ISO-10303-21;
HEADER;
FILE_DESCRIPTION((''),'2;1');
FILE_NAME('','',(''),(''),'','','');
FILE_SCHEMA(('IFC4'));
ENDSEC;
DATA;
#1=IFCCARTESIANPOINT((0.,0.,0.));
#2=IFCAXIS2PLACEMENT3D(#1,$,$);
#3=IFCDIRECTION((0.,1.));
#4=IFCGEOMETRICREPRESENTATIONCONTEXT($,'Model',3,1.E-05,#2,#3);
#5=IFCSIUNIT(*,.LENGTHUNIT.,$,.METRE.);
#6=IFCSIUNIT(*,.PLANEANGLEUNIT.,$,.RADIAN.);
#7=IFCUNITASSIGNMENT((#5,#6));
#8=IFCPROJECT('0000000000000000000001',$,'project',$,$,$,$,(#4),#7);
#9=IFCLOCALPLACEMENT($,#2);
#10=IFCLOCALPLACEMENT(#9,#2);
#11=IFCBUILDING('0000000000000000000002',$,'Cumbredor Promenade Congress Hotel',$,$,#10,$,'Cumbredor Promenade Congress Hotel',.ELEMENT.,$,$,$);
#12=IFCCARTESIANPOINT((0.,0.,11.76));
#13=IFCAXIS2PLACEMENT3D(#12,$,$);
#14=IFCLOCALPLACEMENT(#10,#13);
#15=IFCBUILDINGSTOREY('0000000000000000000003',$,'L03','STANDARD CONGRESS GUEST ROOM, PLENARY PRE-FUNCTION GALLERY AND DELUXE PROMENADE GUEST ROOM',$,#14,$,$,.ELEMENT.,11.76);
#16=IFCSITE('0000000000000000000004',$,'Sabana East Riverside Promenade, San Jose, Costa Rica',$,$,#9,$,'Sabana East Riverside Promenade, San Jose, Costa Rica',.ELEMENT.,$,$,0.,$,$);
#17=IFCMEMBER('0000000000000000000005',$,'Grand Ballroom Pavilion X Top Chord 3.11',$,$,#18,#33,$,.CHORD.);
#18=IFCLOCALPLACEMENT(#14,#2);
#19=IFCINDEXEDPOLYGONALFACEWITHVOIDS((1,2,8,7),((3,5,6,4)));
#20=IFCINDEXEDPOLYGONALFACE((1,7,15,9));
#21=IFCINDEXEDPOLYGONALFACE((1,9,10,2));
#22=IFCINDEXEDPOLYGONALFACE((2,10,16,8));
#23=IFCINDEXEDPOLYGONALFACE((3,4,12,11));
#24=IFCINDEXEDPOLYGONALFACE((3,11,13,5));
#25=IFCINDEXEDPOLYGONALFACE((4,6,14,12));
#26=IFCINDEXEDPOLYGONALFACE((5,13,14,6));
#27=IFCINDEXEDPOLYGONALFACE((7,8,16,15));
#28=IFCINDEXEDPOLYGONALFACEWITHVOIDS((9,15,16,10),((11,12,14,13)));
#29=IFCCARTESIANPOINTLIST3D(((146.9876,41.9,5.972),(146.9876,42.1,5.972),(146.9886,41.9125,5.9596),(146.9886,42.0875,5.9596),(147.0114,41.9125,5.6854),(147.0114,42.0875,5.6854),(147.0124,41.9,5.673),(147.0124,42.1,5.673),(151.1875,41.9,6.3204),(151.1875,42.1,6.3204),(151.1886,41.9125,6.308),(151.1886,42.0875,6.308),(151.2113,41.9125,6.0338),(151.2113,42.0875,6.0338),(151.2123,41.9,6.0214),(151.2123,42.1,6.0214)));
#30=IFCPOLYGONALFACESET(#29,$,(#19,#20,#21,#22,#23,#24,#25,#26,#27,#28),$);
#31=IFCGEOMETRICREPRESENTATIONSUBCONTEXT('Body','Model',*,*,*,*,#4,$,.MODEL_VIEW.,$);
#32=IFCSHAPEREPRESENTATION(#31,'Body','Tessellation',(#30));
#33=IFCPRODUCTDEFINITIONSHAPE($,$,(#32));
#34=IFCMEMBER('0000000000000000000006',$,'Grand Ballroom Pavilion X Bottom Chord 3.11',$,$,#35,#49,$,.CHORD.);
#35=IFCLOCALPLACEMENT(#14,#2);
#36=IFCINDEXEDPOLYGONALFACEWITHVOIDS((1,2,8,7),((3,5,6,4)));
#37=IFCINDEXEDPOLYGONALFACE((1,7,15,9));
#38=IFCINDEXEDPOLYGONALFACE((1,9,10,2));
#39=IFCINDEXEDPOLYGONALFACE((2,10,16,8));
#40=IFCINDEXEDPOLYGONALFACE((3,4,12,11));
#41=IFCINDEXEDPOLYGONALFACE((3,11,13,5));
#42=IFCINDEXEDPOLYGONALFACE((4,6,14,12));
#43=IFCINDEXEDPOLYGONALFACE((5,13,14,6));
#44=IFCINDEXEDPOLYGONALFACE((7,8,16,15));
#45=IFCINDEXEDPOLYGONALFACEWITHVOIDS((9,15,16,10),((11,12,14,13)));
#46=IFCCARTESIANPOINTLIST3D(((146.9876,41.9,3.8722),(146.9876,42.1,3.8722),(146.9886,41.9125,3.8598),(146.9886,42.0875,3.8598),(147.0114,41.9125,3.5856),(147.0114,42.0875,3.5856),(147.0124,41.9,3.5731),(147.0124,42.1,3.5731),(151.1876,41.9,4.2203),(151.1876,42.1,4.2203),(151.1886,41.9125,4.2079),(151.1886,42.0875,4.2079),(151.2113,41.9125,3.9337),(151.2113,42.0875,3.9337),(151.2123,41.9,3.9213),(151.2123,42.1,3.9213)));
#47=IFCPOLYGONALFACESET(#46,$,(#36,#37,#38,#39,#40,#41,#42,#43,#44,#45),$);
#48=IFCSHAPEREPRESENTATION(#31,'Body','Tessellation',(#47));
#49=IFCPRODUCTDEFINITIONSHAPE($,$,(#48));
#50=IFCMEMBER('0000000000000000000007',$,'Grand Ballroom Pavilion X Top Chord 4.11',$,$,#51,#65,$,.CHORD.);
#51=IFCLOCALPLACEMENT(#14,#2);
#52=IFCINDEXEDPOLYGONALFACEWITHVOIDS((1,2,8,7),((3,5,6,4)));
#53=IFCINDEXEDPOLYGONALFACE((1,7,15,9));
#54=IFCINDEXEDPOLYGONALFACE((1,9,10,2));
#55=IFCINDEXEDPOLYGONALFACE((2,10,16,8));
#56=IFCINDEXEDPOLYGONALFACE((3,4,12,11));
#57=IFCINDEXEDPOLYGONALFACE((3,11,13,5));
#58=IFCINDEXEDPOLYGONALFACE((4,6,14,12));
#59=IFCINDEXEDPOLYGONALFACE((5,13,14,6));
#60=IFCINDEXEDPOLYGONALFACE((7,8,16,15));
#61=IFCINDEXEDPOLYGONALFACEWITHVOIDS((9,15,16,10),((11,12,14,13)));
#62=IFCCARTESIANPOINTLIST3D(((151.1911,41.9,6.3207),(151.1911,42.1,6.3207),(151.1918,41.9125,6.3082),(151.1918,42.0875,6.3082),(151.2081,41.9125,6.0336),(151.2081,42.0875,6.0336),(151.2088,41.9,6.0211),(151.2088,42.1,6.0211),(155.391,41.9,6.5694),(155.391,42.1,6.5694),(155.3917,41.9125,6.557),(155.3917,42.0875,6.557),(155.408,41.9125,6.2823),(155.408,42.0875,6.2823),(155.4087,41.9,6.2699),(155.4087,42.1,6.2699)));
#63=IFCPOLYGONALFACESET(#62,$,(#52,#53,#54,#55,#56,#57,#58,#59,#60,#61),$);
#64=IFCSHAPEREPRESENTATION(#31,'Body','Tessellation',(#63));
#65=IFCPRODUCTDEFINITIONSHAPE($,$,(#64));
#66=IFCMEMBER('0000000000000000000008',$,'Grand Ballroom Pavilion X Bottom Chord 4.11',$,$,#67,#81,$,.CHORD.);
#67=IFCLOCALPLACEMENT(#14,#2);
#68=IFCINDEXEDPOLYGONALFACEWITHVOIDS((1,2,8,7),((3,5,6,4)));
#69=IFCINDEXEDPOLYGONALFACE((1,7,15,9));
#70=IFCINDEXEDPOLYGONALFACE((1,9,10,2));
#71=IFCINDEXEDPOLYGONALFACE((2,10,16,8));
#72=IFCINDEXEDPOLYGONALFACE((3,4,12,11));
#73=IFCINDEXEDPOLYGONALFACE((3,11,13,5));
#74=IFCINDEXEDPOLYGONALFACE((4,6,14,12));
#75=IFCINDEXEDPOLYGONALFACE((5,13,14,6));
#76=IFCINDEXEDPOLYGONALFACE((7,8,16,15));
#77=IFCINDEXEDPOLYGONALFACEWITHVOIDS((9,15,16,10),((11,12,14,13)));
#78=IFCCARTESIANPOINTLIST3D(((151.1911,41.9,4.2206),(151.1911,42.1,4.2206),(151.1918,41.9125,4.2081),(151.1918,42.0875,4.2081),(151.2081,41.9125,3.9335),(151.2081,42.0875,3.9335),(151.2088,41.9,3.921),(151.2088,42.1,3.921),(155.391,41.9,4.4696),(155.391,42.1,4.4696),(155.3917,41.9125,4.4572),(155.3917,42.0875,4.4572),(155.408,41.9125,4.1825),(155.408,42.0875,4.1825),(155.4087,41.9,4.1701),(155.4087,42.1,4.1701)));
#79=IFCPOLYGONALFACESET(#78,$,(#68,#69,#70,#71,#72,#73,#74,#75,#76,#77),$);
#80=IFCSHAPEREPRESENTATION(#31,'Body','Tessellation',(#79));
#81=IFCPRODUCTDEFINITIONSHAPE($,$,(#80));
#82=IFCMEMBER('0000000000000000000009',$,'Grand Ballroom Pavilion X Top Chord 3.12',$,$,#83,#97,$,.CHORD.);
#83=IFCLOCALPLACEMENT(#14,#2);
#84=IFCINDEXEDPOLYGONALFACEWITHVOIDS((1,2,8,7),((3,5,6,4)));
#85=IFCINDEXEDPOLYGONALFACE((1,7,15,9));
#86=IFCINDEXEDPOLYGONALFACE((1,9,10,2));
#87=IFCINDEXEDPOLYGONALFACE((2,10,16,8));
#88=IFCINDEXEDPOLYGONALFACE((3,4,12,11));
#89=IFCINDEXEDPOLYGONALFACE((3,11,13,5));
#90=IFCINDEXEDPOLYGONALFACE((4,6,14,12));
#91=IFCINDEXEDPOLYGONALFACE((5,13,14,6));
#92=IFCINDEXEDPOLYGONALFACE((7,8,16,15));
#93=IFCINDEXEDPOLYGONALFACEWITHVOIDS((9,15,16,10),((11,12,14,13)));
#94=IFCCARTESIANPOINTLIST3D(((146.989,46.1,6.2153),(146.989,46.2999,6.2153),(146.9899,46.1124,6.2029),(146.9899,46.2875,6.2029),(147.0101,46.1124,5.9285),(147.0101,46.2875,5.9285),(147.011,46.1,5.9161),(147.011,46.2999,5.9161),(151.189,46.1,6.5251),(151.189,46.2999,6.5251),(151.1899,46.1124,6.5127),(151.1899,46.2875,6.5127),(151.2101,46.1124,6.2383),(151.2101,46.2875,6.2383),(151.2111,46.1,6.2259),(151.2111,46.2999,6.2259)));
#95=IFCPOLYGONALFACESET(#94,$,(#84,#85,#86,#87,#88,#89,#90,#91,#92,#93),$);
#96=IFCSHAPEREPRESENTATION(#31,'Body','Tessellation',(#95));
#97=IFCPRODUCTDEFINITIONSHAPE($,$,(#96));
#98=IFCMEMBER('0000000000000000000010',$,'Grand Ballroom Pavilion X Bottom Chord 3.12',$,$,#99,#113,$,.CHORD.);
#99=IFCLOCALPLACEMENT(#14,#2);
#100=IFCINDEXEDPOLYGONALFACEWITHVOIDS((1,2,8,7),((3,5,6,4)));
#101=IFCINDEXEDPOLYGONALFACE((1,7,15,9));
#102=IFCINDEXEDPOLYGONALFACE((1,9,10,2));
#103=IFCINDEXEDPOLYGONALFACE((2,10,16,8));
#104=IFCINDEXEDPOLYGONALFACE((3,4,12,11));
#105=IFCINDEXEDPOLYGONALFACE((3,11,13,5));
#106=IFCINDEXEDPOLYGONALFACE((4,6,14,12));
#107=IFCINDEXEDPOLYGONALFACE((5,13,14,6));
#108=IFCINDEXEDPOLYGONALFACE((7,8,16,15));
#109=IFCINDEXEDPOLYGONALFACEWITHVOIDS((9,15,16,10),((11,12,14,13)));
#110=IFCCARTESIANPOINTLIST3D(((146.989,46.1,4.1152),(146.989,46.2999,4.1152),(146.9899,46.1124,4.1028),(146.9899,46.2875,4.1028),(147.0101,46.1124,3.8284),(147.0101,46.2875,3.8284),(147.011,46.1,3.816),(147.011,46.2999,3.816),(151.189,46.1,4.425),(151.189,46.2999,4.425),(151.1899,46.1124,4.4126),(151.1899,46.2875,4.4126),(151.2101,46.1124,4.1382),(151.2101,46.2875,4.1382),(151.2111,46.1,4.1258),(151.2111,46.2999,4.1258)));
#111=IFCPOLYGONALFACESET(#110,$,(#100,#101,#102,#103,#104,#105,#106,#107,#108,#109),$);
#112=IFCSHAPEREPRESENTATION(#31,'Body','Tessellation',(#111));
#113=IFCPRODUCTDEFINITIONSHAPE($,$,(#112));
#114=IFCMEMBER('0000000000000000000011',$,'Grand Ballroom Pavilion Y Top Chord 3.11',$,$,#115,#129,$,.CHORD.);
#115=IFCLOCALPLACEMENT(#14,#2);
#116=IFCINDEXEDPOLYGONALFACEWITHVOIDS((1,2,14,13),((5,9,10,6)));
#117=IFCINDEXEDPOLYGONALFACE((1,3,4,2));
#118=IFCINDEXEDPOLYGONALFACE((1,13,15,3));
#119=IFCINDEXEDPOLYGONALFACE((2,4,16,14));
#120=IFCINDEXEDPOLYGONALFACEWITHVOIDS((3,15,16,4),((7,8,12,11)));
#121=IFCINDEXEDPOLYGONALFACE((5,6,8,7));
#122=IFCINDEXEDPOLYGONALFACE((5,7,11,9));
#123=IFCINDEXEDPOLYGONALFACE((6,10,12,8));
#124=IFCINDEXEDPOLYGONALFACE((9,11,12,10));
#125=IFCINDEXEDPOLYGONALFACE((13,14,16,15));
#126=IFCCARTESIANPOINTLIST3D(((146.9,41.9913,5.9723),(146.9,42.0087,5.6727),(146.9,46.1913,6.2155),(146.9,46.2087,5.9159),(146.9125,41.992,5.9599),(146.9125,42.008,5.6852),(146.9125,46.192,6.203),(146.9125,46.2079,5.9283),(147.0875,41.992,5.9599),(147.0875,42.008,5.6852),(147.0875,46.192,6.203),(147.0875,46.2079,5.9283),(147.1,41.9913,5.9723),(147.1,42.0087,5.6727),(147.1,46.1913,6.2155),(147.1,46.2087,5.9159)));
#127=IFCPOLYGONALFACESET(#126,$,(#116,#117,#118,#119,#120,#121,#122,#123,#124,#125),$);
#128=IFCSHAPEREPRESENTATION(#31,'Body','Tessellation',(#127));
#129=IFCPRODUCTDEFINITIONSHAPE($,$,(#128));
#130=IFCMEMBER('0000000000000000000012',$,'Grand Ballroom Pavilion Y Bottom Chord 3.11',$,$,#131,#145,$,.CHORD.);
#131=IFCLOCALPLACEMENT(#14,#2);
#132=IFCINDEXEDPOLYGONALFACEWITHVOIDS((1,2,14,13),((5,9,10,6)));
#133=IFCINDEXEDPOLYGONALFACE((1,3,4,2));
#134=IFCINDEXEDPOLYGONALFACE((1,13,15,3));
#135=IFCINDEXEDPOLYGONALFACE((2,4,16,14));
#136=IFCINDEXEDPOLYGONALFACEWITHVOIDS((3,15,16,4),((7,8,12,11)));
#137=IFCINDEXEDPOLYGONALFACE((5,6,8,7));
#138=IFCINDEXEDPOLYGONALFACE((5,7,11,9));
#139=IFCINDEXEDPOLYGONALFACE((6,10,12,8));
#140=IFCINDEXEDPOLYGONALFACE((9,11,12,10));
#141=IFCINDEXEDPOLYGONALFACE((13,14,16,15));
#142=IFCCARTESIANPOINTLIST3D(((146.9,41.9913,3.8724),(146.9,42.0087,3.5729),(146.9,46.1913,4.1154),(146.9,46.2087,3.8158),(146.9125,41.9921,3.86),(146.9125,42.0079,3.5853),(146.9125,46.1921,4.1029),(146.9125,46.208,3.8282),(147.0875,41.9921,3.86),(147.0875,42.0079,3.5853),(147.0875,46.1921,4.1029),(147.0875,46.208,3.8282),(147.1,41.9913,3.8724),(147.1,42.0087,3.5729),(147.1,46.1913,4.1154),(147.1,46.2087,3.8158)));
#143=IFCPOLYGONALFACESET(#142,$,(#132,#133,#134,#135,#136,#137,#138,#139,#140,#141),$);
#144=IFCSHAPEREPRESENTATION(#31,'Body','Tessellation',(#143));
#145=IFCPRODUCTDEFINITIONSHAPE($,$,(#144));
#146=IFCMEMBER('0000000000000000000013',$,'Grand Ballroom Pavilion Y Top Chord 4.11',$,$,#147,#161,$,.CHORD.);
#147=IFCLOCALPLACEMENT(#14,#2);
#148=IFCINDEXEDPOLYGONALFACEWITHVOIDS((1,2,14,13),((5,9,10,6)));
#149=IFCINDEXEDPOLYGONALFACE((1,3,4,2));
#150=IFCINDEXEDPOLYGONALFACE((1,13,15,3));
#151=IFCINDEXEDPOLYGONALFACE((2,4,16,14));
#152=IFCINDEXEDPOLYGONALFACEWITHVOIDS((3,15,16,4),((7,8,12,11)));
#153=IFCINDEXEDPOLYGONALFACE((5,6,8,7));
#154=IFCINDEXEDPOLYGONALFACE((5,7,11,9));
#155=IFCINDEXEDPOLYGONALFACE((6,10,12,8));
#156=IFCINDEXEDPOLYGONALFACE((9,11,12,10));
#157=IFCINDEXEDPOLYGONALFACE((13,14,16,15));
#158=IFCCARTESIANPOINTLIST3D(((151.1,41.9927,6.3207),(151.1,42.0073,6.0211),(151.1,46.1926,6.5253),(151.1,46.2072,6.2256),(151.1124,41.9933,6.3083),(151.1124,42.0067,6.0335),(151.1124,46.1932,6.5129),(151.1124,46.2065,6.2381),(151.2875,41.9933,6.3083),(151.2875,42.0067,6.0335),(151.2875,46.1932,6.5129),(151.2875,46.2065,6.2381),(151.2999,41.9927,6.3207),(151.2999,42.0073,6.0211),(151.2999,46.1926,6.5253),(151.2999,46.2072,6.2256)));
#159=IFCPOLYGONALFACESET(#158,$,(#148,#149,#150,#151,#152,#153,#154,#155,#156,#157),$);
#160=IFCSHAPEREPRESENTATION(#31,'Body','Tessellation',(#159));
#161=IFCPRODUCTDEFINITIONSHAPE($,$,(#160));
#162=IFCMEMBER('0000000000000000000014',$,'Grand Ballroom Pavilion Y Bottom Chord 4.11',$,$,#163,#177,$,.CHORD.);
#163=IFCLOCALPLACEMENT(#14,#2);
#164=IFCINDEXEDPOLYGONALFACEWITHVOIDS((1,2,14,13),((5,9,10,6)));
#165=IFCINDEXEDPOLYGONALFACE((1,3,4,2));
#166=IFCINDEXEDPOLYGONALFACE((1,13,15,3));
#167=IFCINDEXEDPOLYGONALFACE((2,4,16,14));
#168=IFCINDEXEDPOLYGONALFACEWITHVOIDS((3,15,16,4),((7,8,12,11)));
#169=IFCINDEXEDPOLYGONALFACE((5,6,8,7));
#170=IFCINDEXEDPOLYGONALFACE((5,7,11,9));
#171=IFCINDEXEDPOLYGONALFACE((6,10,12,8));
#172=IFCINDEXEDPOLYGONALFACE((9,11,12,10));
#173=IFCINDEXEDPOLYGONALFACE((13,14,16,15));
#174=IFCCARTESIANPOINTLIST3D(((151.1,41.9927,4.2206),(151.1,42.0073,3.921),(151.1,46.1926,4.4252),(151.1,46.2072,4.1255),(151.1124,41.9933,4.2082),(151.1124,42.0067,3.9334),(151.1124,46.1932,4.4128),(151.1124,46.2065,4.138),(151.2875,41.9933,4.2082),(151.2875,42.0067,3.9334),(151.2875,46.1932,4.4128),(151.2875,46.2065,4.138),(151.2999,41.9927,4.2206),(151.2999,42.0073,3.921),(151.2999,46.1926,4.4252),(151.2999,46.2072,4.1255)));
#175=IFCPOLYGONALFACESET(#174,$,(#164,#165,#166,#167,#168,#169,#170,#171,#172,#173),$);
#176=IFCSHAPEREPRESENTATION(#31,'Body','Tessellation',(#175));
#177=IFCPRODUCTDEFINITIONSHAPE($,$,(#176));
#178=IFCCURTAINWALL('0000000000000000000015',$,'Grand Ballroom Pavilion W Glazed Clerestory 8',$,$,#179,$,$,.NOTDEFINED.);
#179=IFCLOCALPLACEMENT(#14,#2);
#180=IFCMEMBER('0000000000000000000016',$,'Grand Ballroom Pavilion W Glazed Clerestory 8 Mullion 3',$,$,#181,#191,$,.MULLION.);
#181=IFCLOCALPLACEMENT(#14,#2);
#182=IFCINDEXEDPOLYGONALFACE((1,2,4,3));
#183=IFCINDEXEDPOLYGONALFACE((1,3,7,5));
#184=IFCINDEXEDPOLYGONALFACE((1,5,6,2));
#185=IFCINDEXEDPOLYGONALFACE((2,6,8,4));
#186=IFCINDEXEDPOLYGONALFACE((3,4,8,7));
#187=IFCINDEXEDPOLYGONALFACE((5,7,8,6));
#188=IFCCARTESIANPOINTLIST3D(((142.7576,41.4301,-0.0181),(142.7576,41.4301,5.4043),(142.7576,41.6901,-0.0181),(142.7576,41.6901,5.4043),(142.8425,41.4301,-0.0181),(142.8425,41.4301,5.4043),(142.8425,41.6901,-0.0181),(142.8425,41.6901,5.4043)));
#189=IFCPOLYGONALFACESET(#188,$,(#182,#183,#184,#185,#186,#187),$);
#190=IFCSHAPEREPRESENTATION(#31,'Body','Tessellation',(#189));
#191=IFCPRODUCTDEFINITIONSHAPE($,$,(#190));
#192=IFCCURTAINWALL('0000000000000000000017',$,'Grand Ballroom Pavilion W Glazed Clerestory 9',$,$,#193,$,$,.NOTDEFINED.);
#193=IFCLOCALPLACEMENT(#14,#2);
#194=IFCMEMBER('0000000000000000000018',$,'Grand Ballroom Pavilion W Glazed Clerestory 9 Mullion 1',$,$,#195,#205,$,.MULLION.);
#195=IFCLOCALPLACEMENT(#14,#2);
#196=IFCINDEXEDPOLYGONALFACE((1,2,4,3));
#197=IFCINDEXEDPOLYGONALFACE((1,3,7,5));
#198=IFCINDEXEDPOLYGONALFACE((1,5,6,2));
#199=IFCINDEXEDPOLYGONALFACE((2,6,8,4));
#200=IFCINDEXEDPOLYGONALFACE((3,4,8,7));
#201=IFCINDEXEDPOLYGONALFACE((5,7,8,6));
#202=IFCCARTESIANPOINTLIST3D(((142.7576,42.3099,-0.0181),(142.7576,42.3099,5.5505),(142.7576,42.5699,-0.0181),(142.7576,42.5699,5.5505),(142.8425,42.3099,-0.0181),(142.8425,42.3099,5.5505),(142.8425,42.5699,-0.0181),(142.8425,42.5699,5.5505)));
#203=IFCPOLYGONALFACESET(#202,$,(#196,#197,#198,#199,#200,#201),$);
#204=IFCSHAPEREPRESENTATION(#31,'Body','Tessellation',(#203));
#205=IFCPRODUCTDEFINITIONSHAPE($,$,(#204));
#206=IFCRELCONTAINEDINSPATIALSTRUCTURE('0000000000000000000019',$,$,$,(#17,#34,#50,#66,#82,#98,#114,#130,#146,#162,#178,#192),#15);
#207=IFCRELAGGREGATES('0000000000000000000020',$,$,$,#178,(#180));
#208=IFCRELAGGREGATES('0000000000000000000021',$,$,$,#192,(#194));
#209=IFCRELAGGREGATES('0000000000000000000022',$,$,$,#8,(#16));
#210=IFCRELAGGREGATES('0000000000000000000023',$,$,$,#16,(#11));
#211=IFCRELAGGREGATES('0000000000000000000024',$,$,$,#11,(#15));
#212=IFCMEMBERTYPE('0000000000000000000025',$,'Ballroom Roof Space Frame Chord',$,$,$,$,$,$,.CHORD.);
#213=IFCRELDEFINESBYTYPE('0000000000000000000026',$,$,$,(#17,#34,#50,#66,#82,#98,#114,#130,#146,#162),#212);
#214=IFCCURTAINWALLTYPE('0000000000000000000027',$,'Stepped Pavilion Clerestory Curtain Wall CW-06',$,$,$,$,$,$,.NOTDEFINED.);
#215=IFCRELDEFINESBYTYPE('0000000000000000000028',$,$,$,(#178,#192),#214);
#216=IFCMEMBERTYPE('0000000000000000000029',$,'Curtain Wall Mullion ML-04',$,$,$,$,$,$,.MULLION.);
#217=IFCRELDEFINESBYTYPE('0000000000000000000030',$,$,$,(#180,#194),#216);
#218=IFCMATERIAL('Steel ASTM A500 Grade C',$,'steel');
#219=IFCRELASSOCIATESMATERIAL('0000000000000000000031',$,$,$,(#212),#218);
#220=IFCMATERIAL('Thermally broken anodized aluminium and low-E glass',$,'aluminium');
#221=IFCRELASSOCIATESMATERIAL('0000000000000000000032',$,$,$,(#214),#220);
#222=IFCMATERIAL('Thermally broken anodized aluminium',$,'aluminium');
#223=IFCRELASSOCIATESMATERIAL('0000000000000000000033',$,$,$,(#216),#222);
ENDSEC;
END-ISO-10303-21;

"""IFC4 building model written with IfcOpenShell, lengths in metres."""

from ifc_helpers import new_model, si_unit, direction, frame, origin, origin_2d, place, context, subcontext, project, spatial, rectangle, hollow_rectangle, extrude, material, material_profile, profile_set, type_object, element, aggregate, save


model = new_model("IFC4")

# Units and contexts
model_context = context("Model", 3, precision=1e-05, world=origin(), true_north=direction((0.0, 1.0)))
body_context = subcontext(model_context, "Body", "Model", "MODEL_VIEW")
ifc_project = project(units=[si_unit("LENGTHUNIT", "METRE"), si_unit("PLANEANGLEUNIT", "RADIAN")], contexts=[model_context])

# Site, building, storey
site_placement = place(None, origin())
site = spatial("IfcSite", under=ifc_project, at=site_placement, Name="Sabana East Riverside Promenade, San Jose, Costa Rica", LongName="Sabana East Riverside Promenade, San Jose, Costa Rica", CompositionType="ELEMENT", RefElevation=0.0)
building_placement = place(site_placement, origin())
building = spatial("IfcBuilding", under=site, at=building_placement, Name="Cumbredor Promenade Congress Hotel", LongName="Cumbredor Promenade Congress Hotel", CompositionType="ELEMENT")
storey_placement = place(building_placement, frame((0.0, 0.0, 11.76)))
storey = spatial("IfcBuildingStorey", under=building, at=storey_placement, Name="L03", Description="STANDARD CONGRESS GUEST ROOM, PLENARY PRE-FUNCTION GALLERY AND DELUXE PROMENADE GUEST ROOM", CompositionType="ELEMENT", Elevation=11.76)

# Members
ifc_material_1 = material(Name="Steel ASTM A500 Grade C", Category="steel")
ifc_material_profile_1 = material_profile(ifc_material_1, hollow_rectangle(XDim=0.2, YDim=0.3, WallThickness=0.0125, at=origin_2d()), Name="HSS 300x200x12.5")
ifc_profile_set_1 = profile_set([ifc_material_profile_1], Name="Steel ASTM A500 Grade C")
member_type_1 = type_object("IfcMemberType", Name="Ballroom Roof Space Frame Chord", PredefinedType="CHORD", material=ifc_profile_set_1)
for number, where, z_axis, x_axis, name in (
    (1, (147.0, 42.0, 5.8225), (0.996577, 0.0, 0.082667), (0.0, 1.0, 0.0), "Grand Ballroom Pavilion X Top Chord 3.11"),
    (2, (147.0, 42.0, 3.7227), (0.996582, 0.0, 0.082609), (0.0, 1.0, 0.0), "Grand Ballroom Pavilion X Bottom Chord 3.11"),
):
    element("IfcMember", number, at=place(storey_placement, frame(where, z_axis=z_axis, x_axis=x_axis)), inside=storey, type_object=member_type_1, Name=name, PredefinedType="CHORD", context=body_context, shape_type="SweptSolid", body=[
        extrude(hollow_rectangle(XDim=0.2, YDim=0.3, WallThickness=0.0125, at=origin_2d()), origin(), (0.0, 0.0, 1.0), 4.2144),
    ])
for number, where, z_axis, x_axis, name in (
    (3, (151.2, 42.0, 6.1709), (0.99825, 0.0, 0.05913), (0.0, 1.0, 0.0), "Grand Ballroom Pavilion X Top Chord 4.11"),
    (4, (151.2, 42.0, 4.0708), (0.998247, 0.0, 0.059188), (0.0, 1.0, 0.0), "Grand Ballroom Pavilion X Bottom Chord 4.11"),
):
    element("IfcMember", number, at=place(storey_placement, frame(where, z_axis=z_axis, x_axis=x_axis)), inside=storey, type_object=member_type_1, Name=name, PredefinedType="CHORD", context=body_context, shape_type="SweptSolid", body=[
        extrude(hollow_rectangle(XDim=0.2, YDim=0.3, WallThickness=0.0125, at=origin_2d()), origin(), (0.0, 0.0, 1.0), 4.2073),
    ])
for number, where, z_axis, x_axis, name in (
    (5, (147.0, 46.2, 6.0657), (0.99729, 0.0, 0.073566), (0.0, 1.0, 0.0), "Grand Ballroom Pavilion X Top Chord 3.12"),
    (6, (147.0, 46.2, 3.9656), (0.99729, 0.0, 0.073566), (0.0, 1.0, 0.0), "Grand Ballroom Pavilion X Bottom Chord 3.12"),
):
    element("IfcMember", number, at=place(storey_placement, frame(where, z_axis=z_axis, x_axis=x_axis)), inside=storey, type_object=member_type_1, Name=name, PredefinedType="CHORD", context=body_context, shape_type="SweptSolid", body=[
        extrude(hollow_rectangle(XDim=0.2, YDim=0.3, WallThickness=0.0125, at=origin_2d()), origin(), (0.0, 0.0, 1.0), 4.2114),
    ])
for number, where, z_axis, x_axis, name in (
    (7, (147.0, 42.0, 5.8225), (0.0, 0.998328, 0.0578), (-1.0, 0.0, 0.0), "Grand Ballroom Pavilion Y Top Chord 3.11"),
    (8, (147.0, 42.0, 3.7227), (0.0, 0.998332, 0.057742), (-1.0, 0.0, 0.0), "Grand Ballroom Pavilion Y Bottom Chord 3.11"),
):
    element("IfcMember", number, at=place(storey_placement, frame(where, z_axis=z_axis, x_axis=x_axis)), inside=storey, type_object=member_type_1, Name=name, PredefinedType="CHORD", context=body_context, shape_type="SweptSolid", body=[
        extrude(hollow_rectangle(XDim=0.2, YDim=0.3, WallThickness=0.0125, at=origin_2d()), origin(), (0.0, 0.0, 1.0), 4.207),
    ])
for number, where, z_axis, x_axis, name in (
    (9, (151.2, 42.0, 6.1709), (0.0, 0.998816, 0.048655), (-1.0, 0.0, 0.0), "Grand Ballroom Pavilion Y Top Chord 4.11"),
    (10, (151.2, 42.0, 4.0708), (0.0, 0.998816, 0.048655), (-1.0, 0.0, 0.0), "Grand Ballroom Pavilion Y Bottom Chord 4.11"),
):
    element("IfcMember", number, at=place(storey_placement, frame(where, z_axis=z_axis, x_axis=x_axis)), inside=storey, type_object=member_type_1, Name=name, PredefinedType="CHORD", context=body_context, shape_type="SweptSolid", body=[
        extrude(hollow_rectangle(XDim=0.2, YDim=0.3, WallThickness=0.0125, at=origin_2d()), origin(), (0.0, 0.0, 1.0), 4.2048),
    ])

# Curtain wall, member
ifc_material_2 = material(Name="Thermally broken anodized aluminium and low-E glass", Category="aluminium")
curtain_wall_type = type_object("IfcCurtainWallType", Name="Stepped Pavilion Clerestory Curtain Wall CW-06", PredefinedType="NOTDEFINED", material=ifc_material_2)
curtain_wall_1_placement = place(storey_placement, origin())
curtain_wall_1 = element("IfcCurtainWall", 11, at=curtain_wall_1_placement, inside=storey, type_object=curtain_wall_type, Name="Grand Ballroom Pavilion W Glazed Clerestory 8", PredefinedType="NOTDEFINED")
ifc_material_3 = material(Name="Thermally broken anodized aluminium", Category="aluminium")
ifc_material_profile_2 = material_profile(ifc_material_3, rectangle(XDim=0.085, YDim=0.26, at=origin_2d()), Name="ALU MULLION CLERESTORY 85x260")
ifc_profile_set_2 = profile_set([ifc_material_profile_2], Name="Thermally broken anodized aluminium")
member_type_2 = type_object("IfcMemberType", Name="Curtain Wall Mullion ML-04", PredefinedType="MULLION", material=ifc_profile_set_2)
member_1_placement = place(storey_placement, frame((142.8, 41.5601, -0.0181), z_axis=(0.0, 0.0, 1.0), x_axis=(1.0, 0.0, 0.0)))
member_1 = element("IfcMember", 12, at=member_1_placement, type_object=member_type_2, Name="Grand Ballroom Pavilion W Glazed Clerestory 8 Mullion 3", PredefinedType="MULLION", context=body_context, shape_type="SweptSolid", body=[
    extrude(rectangle(XDim=0.085, YDim=0.26, at=origin_2d()), origin(), (0.0, 0.0, 1.0), 5.4224),
])

# Curtain wall, member
curtain_wall_2_placement = place(storey_placement, origin())
curtain_wall_2 = element("IfcCurtainWall", 13, at=curtain_wall_2_placement, inside=storey, type_object=curtain_wall_type, Name="Grand Ballroom Pavilion W Glazed Clerestory 9", PredefinedType="NOTDEFINED")
member_2_placement = place(storey_placement, frame((142.8, 42.4399, -0.0181), z_axis=(0.0, 0.0, 1.0), x_axis=(1.0, 0.0, 0.0)))
member_2 = element("IfcMember", 14, at=member_2_placement, type_object=member_type_2, Name="Grand Ballroom Pavilion W Glazed Clerestory 9 Mullion 1", PredefinedType="MULLION", context=body_context, shape_type="SweptSolid", body=[
    extrude(rectangle(XDim=0.085, YDim=0.26, at=origin_2d()), origin(), (0.0, 0.0, 1.0), 5.5686),
])

aggregate(curtain_wall_1, [member_1])
aggregate(curtain_wall_2, [member_2])

save(model, "model.ifc")
